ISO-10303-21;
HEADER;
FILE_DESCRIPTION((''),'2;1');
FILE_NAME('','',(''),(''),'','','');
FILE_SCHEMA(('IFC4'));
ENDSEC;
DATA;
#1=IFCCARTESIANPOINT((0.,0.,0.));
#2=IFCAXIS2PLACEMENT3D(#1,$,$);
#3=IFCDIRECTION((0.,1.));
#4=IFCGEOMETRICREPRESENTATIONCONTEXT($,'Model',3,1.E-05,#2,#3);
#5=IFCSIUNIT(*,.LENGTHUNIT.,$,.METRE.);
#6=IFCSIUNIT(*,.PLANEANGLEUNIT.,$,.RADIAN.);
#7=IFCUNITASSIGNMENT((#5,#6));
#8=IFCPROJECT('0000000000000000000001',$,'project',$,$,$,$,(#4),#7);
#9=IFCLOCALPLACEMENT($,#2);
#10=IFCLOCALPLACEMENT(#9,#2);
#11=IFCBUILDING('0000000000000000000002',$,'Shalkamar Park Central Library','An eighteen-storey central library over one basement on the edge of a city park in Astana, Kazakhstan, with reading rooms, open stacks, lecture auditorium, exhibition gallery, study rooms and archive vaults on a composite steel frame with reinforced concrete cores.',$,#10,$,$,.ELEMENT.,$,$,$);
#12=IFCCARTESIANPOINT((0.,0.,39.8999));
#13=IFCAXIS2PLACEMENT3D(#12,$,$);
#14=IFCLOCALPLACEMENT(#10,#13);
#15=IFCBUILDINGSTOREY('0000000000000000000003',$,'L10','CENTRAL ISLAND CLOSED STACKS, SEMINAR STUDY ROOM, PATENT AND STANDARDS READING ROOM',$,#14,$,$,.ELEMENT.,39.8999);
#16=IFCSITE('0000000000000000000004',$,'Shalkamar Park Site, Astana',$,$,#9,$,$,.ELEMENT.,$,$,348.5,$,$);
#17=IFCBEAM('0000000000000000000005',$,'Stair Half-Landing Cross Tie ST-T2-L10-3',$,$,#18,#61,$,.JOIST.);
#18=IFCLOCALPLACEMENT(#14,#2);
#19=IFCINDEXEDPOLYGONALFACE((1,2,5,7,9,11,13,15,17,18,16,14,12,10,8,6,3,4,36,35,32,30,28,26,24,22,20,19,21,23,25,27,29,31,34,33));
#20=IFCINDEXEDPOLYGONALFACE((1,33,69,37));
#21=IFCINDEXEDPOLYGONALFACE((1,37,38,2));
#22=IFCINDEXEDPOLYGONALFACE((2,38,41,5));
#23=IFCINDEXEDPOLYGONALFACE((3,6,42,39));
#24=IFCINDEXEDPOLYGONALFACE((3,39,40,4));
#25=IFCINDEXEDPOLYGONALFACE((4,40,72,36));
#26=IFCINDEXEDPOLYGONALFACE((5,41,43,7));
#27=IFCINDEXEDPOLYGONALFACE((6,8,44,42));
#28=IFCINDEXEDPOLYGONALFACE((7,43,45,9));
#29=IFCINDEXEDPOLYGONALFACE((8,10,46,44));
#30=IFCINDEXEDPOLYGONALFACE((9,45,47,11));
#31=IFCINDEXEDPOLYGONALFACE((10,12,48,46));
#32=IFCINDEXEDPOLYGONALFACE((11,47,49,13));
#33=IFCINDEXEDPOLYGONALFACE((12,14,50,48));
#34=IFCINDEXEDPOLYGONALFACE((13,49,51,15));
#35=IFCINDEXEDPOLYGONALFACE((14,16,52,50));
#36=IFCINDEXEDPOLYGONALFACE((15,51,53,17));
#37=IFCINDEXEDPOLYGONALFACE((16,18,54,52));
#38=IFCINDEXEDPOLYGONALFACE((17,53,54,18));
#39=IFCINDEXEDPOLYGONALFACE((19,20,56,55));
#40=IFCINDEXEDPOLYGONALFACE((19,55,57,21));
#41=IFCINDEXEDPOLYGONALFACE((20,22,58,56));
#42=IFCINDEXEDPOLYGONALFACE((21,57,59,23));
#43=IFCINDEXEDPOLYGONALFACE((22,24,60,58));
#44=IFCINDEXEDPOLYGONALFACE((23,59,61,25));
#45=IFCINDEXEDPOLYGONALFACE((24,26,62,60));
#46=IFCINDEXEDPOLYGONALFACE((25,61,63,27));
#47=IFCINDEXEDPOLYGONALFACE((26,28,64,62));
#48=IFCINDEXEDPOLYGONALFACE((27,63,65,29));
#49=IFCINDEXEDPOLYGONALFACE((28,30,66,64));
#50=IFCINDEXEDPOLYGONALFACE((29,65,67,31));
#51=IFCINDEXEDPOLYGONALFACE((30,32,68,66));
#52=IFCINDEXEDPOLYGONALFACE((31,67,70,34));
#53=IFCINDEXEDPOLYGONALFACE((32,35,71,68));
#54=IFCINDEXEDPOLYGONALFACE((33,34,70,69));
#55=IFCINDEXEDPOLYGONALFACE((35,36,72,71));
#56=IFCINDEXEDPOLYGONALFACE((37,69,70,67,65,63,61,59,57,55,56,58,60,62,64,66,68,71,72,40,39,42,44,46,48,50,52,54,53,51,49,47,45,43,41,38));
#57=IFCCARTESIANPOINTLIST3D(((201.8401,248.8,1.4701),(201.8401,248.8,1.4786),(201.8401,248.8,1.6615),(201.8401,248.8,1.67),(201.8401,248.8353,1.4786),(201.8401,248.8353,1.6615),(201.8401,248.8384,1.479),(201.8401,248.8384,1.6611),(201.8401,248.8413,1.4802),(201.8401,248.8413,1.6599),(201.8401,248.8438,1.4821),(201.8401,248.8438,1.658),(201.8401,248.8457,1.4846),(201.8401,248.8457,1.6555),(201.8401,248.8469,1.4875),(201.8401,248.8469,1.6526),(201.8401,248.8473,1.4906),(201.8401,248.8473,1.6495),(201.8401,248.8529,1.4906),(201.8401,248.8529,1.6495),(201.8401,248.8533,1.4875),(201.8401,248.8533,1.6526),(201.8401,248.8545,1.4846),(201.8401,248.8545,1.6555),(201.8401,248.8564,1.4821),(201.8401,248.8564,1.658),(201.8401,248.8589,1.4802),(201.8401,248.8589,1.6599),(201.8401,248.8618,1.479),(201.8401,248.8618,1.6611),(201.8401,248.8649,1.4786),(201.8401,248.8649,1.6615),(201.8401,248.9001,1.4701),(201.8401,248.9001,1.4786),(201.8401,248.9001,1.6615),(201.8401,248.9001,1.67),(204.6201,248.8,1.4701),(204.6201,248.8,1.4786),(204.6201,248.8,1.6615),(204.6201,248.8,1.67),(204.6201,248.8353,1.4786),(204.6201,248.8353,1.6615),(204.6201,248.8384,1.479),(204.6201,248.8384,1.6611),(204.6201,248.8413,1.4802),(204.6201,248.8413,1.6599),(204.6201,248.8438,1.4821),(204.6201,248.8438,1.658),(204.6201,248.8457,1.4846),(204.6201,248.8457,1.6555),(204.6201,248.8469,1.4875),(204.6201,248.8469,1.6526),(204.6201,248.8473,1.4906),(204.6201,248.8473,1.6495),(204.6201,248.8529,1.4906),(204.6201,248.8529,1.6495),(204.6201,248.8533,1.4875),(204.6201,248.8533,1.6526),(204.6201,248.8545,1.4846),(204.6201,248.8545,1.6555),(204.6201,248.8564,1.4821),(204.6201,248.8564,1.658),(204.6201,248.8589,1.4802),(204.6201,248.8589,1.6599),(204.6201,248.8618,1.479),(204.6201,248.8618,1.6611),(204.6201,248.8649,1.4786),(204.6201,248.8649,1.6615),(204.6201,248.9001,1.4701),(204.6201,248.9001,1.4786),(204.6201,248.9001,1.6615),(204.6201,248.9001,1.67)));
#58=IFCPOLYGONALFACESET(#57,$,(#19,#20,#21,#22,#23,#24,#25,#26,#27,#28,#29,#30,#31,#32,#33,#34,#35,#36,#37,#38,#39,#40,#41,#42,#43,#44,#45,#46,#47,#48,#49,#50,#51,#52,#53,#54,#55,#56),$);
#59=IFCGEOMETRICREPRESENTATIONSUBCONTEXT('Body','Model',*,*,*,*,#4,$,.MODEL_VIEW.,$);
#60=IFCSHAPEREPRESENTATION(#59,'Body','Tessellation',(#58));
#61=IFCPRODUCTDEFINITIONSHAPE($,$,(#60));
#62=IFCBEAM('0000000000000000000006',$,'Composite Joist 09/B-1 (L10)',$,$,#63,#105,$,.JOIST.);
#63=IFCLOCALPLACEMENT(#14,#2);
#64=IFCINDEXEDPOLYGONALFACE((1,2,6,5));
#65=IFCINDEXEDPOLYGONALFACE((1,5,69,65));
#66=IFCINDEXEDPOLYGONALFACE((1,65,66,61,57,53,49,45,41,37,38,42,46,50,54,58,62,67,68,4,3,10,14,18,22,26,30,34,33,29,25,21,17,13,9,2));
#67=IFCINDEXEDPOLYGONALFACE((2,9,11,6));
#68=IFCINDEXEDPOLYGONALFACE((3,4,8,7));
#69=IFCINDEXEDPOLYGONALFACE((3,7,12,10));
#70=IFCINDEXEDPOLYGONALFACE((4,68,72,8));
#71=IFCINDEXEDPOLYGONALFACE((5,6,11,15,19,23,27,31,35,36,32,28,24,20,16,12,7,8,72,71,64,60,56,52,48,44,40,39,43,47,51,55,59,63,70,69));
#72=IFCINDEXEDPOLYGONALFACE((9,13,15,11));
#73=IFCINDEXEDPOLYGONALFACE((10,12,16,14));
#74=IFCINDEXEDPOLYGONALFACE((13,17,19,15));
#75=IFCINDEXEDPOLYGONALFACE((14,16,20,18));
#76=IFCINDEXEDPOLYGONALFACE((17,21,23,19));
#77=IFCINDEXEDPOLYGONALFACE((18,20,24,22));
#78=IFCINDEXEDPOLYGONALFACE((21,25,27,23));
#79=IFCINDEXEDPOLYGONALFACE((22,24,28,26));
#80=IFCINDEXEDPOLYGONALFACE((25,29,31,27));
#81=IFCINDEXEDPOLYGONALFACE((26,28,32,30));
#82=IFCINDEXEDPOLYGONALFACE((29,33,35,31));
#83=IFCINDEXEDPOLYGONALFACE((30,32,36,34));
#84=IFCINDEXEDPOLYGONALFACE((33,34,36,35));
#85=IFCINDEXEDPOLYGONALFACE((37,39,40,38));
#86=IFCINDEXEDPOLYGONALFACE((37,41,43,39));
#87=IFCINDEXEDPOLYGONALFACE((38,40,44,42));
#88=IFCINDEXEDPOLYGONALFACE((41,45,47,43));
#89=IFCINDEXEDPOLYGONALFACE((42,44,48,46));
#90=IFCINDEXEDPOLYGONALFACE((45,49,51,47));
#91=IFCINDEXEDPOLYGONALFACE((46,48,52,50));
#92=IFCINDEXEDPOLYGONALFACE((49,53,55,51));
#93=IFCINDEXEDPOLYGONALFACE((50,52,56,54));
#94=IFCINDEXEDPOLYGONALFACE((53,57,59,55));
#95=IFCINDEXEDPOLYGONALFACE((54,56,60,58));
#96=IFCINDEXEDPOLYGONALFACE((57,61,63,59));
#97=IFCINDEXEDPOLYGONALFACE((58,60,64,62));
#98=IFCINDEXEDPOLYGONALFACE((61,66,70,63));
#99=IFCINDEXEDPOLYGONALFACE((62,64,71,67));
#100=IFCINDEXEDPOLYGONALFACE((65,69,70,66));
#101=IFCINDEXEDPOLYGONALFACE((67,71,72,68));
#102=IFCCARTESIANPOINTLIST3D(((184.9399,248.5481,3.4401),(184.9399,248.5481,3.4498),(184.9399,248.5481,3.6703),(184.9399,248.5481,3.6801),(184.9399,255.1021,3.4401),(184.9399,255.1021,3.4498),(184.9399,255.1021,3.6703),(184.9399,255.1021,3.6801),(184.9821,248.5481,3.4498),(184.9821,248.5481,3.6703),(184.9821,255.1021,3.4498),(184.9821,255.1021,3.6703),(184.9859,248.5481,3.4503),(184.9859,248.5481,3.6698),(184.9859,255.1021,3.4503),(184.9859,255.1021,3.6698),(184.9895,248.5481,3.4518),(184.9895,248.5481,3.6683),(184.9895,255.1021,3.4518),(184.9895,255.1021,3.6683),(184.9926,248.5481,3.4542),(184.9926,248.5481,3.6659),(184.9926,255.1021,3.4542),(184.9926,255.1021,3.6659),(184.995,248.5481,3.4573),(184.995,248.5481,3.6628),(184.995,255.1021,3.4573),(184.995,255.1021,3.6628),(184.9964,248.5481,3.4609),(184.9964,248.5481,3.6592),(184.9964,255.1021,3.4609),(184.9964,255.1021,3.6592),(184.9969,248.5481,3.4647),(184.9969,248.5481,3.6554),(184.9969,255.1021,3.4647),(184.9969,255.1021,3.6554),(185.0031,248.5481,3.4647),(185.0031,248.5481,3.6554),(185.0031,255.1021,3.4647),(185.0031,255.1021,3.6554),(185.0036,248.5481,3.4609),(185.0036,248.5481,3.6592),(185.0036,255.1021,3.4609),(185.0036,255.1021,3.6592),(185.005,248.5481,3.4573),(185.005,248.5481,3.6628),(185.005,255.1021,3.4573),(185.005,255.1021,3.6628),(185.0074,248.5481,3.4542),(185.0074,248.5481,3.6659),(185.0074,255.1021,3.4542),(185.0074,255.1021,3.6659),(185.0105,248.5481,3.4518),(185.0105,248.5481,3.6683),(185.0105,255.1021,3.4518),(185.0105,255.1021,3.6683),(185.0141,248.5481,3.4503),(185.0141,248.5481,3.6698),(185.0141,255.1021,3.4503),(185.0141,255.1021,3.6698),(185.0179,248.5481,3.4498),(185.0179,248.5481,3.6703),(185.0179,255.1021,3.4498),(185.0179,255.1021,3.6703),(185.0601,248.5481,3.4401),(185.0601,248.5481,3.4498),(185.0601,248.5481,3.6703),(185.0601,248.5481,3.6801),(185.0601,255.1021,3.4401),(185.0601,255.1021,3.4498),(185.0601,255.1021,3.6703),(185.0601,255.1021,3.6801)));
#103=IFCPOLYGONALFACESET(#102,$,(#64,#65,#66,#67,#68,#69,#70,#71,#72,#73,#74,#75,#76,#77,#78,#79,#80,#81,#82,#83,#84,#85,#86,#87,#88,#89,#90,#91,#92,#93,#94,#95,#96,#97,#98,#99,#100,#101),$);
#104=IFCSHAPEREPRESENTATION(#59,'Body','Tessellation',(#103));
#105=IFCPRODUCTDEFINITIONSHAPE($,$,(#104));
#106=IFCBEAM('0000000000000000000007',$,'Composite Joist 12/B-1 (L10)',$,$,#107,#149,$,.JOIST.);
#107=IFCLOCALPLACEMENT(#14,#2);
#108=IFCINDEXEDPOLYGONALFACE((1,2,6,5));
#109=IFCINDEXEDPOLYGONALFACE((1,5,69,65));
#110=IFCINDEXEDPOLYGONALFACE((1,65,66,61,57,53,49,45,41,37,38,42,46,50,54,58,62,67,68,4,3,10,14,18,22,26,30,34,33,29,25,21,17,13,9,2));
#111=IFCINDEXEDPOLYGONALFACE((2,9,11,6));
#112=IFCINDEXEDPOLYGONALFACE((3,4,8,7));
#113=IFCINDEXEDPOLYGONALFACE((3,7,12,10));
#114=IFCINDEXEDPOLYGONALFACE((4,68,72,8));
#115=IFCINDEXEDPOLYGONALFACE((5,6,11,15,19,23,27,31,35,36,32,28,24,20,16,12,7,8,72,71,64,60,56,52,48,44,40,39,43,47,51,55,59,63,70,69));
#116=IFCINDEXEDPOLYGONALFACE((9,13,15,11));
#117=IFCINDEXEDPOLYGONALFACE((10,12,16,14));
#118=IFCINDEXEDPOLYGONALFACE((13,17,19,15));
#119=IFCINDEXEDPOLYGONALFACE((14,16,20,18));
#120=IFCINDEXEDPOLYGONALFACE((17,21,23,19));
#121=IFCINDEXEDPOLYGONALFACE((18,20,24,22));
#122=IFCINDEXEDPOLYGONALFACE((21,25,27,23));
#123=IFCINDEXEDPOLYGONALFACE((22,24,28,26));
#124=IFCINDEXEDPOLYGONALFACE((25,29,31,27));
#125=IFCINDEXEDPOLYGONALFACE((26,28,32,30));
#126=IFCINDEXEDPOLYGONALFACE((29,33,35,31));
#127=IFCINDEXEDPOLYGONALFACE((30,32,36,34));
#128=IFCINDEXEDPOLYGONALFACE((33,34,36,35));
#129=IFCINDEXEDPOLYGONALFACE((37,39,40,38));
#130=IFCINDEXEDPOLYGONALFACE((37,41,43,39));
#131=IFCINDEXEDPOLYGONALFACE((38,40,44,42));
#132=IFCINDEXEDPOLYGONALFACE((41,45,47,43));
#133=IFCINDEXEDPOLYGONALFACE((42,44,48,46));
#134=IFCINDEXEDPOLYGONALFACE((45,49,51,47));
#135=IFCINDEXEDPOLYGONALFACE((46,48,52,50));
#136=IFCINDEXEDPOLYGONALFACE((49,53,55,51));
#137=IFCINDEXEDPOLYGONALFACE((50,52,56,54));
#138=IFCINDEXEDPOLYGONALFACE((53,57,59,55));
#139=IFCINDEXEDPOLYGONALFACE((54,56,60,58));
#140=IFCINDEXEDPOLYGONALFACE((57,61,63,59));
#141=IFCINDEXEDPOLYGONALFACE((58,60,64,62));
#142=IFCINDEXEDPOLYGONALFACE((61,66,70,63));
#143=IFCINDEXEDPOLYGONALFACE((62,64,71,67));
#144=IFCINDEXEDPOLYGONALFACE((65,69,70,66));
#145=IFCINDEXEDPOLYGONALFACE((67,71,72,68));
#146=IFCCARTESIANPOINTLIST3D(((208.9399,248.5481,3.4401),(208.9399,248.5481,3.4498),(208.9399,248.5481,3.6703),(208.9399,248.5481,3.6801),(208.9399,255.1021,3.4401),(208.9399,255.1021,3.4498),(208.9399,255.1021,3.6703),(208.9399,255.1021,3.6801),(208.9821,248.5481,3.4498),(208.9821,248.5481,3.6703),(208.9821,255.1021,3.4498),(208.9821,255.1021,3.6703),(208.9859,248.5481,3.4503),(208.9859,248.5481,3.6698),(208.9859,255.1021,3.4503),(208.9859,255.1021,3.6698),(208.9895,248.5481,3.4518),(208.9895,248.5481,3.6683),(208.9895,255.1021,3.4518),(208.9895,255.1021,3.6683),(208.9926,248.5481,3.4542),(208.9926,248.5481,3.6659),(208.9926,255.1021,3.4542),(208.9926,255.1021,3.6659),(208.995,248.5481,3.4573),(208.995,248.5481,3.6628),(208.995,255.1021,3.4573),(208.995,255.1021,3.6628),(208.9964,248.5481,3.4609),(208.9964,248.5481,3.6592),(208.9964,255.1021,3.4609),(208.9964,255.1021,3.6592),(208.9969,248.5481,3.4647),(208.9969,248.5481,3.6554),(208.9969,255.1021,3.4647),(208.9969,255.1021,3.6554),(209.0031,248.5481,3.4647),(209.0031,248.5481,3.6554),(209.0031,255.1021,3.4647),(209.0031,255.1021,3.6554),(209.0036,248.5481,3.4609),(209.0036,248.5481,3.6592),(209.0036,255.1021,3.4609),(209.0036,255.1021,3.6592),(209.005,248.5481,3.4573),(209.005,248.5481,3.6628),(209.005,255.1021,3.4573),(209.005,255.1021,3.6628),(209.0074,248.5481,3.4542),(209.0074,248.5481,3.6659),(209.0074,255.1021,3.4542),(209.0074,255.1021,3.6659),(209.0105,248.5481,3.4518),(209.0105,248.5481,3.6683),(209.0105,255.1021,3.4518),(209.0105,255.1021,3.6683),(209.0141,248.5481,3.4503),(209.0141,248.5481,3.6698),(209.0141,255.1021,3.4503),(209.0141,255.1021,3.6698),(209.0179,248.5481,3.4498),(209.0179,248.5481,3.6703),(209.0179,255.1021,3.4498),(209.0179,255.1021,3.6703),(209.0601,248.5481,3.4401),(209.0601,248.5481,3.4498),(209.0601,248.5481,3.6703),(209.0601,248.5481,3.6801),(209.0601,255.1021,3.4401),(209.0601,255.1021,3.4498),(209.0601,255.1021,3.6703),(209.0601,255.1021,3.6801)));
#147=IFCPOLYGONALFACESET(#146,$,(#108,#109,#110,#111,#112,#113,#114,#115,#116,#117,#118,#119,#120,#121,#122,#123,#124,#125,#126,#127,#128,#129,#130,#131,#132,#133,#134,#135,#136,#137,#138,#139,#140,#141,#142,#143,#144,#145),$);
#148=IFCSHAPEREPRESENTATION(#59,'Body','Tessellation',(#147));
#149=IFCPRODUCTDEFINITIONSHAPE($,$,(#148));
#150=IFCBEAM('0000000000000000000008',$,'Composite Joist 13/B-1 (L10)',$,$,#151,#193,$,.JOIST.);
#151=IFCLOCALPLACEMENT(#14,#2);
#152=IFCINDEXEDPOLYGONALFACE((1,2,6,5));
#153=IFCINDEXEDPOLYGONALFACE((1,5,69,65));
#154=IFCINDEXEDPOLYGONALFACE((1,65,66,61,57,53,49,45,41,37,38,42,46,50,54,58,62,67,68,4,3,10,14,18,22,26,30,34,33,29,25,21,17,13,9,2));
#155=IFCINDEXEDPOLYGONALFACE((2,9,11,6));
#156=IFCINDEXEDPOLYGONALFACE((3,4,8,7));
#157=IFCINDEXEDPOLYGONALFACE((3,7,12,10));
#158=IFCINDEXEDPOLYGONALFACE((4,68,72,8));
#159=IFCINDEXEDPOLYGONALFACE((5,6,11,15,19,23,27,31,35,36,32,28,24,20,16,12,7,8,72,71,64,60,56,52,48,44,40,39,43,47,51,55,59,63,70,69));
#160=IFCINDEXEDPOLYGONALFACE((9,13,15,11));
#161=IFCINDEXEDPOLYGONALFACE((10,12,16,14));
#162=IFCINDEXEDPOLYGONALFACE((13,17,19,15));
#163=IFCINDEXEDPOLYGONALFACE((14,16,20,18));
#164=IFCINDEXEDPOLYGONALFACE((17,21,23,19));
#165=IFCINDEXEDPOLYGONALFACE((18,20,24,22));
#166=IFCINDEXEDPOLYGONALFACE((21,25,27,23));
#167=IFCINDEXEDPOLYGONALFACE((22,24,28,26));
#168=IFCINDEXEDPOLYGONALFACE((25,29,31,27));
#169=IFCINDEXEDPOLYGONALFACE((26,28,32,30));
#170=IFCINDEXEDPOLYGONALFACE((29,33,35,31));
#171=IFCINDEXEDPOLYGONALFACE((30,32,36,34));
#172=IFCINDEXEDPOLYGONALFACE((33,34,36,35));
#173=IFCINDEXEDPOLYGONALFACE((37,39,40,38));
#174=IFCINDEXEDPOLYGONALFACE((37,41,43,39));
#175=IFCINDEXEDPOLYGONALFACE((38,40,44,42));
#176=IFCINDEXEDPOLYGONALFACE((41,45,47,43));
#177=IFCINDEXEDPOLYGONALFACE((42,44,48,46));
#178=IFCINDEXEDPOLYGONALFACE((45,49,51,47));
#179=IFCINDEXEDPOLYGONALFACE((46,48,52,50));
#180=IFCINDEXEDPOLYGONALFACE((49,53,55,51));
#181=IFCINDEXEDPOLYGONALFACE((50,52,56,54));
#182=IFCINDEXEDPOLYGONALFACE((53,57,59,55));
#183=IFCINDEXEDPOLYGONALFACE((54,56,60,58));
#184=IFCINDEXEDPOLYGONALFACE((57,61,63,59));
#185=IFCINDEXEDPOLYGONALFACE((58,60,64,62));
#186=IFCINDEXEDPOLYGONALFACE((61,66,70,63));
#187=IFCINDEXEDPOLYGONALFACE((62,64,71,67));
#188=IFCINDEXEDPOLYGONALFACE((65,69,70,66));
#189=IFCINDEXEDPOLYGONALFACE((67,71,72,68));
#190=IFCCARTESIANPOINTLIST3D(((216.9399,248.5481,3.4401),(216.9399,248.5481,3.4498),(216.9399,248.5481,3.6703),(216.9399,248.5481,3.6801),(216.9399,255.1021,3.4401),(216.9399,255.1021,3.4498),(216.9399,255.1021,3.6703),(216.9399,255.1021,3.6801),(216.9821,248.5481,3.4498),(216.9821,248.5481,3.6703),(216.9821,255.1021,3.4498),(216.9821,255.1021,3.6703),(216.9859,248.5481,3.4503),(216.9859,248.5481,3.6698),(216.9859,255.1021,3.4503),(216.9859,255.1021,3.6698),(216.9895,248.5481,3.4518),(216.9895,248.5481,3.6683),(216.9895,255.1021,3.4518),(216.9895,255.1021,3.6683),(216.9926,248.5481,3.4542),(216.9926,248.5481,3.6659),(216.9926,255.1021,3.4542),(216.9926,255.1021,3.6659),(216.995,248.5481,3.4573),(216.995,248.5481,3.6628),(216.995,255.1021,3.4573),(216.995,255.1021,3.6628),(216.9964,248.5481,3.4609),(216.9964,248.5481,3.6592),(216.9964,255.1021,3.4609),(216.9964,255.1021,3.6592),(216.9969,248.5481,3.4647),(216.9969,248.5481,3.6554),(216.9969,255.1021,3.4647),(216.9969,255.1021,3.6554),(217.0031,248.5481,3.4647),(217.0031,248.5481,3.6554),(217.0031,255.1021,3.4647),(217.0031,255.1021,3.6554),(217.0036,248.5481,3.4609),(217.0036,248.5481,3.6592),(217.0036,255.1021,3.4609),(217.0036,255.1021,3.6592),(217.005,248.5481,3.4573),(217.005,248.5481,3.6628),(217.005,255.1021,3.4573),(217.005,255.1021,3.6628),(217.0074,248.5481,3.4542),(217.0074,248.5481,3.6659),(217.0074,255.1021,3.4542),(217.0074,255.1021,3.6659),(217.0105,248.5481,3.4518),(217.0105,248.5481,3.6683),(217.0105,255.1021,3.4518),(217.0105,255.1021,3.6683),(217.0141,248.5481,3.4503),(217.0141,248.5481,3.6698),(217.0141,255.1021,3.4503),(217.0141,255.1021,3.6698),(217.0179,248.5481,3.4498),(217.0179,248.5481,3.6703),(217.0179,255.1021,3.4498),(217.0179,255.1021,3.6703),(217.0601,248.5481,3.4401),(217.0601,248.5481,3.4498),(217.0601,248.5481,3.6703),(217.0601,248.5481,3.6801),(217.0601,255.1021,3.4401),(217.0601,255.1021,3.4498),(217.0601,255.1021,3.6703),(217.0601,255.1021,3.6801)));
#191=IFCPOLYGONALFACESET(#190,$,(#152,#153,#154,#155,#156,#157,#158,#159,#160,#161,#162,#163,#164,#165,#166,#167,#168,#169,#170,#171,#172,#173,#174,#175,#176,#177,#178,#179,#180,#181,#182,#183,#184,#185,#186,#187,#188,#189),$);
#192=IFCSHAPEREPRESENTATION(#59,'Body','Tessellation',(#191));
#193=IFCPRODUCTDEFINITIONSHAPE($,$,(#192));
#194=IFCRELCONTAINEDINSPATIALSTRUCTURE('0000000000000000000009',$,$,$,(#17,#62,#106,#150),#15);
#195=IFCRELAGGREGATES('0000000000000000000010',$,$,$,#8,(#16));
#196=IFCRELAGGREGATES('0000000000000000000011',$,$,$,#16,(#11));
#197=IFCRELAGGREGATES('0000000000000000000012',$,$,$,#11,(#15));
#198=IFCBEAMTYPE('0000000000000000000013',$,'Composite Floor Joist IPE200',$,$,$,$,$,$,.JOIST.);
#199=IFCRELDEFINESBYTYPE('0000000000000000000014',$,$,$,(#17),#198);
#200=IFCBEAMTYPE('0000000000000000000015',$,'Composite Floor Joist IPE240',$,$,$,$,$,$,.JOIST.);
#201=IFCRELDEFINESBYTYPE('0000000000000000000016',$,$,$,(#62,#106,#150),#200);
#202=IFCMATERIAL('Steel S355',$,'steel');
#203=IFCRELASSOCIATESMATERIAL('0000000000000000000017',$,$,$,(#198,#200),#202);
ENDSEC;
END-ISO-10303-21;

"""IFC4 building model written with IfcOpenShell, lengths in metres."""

from ifc_helpers import new_model, si_unit, direction, frame, origin, origin_2d, place, context, subcontext, project, spatial, i_section, extrude, material, material_profile, profile_set, type_object, element, save


model = new_model("IFC4")

# Units and contexts
model_context = context("Model", 3, precision=1e-05, world=origin(), true_north=direction((0.0, 1.0)))
body_context = subcontext(model_context, "Body", "Model", "MODEL_VIEW")
ifc_project = project(units=[si_unit("LENGTHUNIT", "METRE"), si_unit("PLANEANGLEUNIT", "RADIAN")], contexts=[model_context])

# Site, building, storey
site_placement = place(None, origin())
site = spatial("IfcSite", under=ifc_project, at=site_placement, Name="Shalkamar Park Site, Astana", CompositionType="ELEMENT", RefElevation=348.5)
building_placement = place(site_placement, origin())
building = spatial("IfcBuilding", under=site, at=building_placement, Name="Shalkamar Park Central Library", Description="An eighteen-storey central library over one basement on the edge of a city park in Astana, Kazakhstan, with reading rooms, open stacks, lecture auditorium, exhibition gallery, study rooms and archive vaults on a composite steel frame with reinforced concrete cores.", CompositionType="ELEMENT")
storey_placement = place(building_placement, frame((0.0, 0.0, 39.8999)))
storey = spatial("IfcBuildingStorey", under=building, at=storey_placement, Name="L10", Description="CENTRAL ISLAND CLOSED STACKS, SEMINAR STUDY ROOM, PATENT AND STANDARDS READING ROOM", CompositionType="ELEMENT", Elevation=39.8999)

# Beams
ifc_material_1 = material(Name="Steel S355", Category="steel")
ifc_material_profile_1 = material_profile(ifc_material_1, i_section(OverallWidth=0.1001, OverallDepth=0.2, WebThickness=0.0056, FlangeThickness=0.0085, FilletRadius=0.012, at=origin_2d()), Name="IPE 200")
ifc_profile_set_1 = profile_set([ifc_material_profile_1], Name="Steel S355")
beam_type_1 = type_object("IfcBeamType", Name="Composite Floor Joist IPE200", PredefinedType="JOIST", material=ifc_profile_set_1)
beam_1_placement = place(storey_placement, frame((201.8401, 248.8501, 1.5701), z_axis=(1.0, 0.0, 0.0), x_axis=(0.0, 1.0, 0.0)))
element("IfcBeam", 1, at=beam_1_placement, inside=storey, type_object=beam_type_1, Name="Stair Half-Landing Cross Tie ST-T2-L10-3", PredefinedType="JOIST", context=body_context, shape_type="SweptSolid", body=[
    extrude(i_section(OverallWidth=0.1001, OverallDepth=0.2, WebThickness=0.0056, FlangeThickness=0.0085, FilletRadius=0.012, at=origin_2d()), origin(), (0.0, 0.0, 1.0), 2.78),
])
ifc_material_profile_2 = material_profile(ifc_material_1, i_section(OverallWidth=0.1201, OverallDepth=0.24, WebThickness=0.0061, FlangeThickness=0.0098, FilletRadius=0.0149, at=origin_2d()), Name="IPE 240")
ifc_profile_set_2 = profile_set([ifc_material_profile_2], Name="Steel S355")
beam_type_2 = type_object("IfcBeamType", Name="Composite Floor Joist IPE240", PredefinedType="JOIST", material=ifc_profile_set_2)
for number, where, z_axis, x_axis, name in (
    (2, (185.0, 248.5481, 3.5601), (0.0, 1.0, 0.0), (-1.0, 0.0, 0.0), "Composite Joist 09/B-1 (L10)"),
    (3, (209.0, 248.5481, 3.5601), (0.0, 1.0, 0.0), (-1.0, 0.0, 0.0), "Composite Joist 12/B-1 (L10)"),
    (4, (217.0, 248.5481, 3.5601), (0.0, 1.0, 0.0), (-1.0, 0.0, 0.0), "Composite Joist 13/B-1 (L10)"),
):
    element("IfcBeam", number, at=place(storey_placement, frame(where, z_axis=z_axis, x_axis=x_axis)), inside=storey, type_object=beam_type_2, Name=name, PredefinedType="JOIST", context=body_context, shape_type="SweptSolid", body=[
        extrude(i_section(OverallWidth=0.1201, OverallDepth=0.24, WebThickness=0.0061, FlangeThickness=0.0098, FilletRadius=0.0149, at=origin_2d()), origin(), (0.0, 0.0, 1.0), 6.554),
    ])

save(model, "model.ifc")
